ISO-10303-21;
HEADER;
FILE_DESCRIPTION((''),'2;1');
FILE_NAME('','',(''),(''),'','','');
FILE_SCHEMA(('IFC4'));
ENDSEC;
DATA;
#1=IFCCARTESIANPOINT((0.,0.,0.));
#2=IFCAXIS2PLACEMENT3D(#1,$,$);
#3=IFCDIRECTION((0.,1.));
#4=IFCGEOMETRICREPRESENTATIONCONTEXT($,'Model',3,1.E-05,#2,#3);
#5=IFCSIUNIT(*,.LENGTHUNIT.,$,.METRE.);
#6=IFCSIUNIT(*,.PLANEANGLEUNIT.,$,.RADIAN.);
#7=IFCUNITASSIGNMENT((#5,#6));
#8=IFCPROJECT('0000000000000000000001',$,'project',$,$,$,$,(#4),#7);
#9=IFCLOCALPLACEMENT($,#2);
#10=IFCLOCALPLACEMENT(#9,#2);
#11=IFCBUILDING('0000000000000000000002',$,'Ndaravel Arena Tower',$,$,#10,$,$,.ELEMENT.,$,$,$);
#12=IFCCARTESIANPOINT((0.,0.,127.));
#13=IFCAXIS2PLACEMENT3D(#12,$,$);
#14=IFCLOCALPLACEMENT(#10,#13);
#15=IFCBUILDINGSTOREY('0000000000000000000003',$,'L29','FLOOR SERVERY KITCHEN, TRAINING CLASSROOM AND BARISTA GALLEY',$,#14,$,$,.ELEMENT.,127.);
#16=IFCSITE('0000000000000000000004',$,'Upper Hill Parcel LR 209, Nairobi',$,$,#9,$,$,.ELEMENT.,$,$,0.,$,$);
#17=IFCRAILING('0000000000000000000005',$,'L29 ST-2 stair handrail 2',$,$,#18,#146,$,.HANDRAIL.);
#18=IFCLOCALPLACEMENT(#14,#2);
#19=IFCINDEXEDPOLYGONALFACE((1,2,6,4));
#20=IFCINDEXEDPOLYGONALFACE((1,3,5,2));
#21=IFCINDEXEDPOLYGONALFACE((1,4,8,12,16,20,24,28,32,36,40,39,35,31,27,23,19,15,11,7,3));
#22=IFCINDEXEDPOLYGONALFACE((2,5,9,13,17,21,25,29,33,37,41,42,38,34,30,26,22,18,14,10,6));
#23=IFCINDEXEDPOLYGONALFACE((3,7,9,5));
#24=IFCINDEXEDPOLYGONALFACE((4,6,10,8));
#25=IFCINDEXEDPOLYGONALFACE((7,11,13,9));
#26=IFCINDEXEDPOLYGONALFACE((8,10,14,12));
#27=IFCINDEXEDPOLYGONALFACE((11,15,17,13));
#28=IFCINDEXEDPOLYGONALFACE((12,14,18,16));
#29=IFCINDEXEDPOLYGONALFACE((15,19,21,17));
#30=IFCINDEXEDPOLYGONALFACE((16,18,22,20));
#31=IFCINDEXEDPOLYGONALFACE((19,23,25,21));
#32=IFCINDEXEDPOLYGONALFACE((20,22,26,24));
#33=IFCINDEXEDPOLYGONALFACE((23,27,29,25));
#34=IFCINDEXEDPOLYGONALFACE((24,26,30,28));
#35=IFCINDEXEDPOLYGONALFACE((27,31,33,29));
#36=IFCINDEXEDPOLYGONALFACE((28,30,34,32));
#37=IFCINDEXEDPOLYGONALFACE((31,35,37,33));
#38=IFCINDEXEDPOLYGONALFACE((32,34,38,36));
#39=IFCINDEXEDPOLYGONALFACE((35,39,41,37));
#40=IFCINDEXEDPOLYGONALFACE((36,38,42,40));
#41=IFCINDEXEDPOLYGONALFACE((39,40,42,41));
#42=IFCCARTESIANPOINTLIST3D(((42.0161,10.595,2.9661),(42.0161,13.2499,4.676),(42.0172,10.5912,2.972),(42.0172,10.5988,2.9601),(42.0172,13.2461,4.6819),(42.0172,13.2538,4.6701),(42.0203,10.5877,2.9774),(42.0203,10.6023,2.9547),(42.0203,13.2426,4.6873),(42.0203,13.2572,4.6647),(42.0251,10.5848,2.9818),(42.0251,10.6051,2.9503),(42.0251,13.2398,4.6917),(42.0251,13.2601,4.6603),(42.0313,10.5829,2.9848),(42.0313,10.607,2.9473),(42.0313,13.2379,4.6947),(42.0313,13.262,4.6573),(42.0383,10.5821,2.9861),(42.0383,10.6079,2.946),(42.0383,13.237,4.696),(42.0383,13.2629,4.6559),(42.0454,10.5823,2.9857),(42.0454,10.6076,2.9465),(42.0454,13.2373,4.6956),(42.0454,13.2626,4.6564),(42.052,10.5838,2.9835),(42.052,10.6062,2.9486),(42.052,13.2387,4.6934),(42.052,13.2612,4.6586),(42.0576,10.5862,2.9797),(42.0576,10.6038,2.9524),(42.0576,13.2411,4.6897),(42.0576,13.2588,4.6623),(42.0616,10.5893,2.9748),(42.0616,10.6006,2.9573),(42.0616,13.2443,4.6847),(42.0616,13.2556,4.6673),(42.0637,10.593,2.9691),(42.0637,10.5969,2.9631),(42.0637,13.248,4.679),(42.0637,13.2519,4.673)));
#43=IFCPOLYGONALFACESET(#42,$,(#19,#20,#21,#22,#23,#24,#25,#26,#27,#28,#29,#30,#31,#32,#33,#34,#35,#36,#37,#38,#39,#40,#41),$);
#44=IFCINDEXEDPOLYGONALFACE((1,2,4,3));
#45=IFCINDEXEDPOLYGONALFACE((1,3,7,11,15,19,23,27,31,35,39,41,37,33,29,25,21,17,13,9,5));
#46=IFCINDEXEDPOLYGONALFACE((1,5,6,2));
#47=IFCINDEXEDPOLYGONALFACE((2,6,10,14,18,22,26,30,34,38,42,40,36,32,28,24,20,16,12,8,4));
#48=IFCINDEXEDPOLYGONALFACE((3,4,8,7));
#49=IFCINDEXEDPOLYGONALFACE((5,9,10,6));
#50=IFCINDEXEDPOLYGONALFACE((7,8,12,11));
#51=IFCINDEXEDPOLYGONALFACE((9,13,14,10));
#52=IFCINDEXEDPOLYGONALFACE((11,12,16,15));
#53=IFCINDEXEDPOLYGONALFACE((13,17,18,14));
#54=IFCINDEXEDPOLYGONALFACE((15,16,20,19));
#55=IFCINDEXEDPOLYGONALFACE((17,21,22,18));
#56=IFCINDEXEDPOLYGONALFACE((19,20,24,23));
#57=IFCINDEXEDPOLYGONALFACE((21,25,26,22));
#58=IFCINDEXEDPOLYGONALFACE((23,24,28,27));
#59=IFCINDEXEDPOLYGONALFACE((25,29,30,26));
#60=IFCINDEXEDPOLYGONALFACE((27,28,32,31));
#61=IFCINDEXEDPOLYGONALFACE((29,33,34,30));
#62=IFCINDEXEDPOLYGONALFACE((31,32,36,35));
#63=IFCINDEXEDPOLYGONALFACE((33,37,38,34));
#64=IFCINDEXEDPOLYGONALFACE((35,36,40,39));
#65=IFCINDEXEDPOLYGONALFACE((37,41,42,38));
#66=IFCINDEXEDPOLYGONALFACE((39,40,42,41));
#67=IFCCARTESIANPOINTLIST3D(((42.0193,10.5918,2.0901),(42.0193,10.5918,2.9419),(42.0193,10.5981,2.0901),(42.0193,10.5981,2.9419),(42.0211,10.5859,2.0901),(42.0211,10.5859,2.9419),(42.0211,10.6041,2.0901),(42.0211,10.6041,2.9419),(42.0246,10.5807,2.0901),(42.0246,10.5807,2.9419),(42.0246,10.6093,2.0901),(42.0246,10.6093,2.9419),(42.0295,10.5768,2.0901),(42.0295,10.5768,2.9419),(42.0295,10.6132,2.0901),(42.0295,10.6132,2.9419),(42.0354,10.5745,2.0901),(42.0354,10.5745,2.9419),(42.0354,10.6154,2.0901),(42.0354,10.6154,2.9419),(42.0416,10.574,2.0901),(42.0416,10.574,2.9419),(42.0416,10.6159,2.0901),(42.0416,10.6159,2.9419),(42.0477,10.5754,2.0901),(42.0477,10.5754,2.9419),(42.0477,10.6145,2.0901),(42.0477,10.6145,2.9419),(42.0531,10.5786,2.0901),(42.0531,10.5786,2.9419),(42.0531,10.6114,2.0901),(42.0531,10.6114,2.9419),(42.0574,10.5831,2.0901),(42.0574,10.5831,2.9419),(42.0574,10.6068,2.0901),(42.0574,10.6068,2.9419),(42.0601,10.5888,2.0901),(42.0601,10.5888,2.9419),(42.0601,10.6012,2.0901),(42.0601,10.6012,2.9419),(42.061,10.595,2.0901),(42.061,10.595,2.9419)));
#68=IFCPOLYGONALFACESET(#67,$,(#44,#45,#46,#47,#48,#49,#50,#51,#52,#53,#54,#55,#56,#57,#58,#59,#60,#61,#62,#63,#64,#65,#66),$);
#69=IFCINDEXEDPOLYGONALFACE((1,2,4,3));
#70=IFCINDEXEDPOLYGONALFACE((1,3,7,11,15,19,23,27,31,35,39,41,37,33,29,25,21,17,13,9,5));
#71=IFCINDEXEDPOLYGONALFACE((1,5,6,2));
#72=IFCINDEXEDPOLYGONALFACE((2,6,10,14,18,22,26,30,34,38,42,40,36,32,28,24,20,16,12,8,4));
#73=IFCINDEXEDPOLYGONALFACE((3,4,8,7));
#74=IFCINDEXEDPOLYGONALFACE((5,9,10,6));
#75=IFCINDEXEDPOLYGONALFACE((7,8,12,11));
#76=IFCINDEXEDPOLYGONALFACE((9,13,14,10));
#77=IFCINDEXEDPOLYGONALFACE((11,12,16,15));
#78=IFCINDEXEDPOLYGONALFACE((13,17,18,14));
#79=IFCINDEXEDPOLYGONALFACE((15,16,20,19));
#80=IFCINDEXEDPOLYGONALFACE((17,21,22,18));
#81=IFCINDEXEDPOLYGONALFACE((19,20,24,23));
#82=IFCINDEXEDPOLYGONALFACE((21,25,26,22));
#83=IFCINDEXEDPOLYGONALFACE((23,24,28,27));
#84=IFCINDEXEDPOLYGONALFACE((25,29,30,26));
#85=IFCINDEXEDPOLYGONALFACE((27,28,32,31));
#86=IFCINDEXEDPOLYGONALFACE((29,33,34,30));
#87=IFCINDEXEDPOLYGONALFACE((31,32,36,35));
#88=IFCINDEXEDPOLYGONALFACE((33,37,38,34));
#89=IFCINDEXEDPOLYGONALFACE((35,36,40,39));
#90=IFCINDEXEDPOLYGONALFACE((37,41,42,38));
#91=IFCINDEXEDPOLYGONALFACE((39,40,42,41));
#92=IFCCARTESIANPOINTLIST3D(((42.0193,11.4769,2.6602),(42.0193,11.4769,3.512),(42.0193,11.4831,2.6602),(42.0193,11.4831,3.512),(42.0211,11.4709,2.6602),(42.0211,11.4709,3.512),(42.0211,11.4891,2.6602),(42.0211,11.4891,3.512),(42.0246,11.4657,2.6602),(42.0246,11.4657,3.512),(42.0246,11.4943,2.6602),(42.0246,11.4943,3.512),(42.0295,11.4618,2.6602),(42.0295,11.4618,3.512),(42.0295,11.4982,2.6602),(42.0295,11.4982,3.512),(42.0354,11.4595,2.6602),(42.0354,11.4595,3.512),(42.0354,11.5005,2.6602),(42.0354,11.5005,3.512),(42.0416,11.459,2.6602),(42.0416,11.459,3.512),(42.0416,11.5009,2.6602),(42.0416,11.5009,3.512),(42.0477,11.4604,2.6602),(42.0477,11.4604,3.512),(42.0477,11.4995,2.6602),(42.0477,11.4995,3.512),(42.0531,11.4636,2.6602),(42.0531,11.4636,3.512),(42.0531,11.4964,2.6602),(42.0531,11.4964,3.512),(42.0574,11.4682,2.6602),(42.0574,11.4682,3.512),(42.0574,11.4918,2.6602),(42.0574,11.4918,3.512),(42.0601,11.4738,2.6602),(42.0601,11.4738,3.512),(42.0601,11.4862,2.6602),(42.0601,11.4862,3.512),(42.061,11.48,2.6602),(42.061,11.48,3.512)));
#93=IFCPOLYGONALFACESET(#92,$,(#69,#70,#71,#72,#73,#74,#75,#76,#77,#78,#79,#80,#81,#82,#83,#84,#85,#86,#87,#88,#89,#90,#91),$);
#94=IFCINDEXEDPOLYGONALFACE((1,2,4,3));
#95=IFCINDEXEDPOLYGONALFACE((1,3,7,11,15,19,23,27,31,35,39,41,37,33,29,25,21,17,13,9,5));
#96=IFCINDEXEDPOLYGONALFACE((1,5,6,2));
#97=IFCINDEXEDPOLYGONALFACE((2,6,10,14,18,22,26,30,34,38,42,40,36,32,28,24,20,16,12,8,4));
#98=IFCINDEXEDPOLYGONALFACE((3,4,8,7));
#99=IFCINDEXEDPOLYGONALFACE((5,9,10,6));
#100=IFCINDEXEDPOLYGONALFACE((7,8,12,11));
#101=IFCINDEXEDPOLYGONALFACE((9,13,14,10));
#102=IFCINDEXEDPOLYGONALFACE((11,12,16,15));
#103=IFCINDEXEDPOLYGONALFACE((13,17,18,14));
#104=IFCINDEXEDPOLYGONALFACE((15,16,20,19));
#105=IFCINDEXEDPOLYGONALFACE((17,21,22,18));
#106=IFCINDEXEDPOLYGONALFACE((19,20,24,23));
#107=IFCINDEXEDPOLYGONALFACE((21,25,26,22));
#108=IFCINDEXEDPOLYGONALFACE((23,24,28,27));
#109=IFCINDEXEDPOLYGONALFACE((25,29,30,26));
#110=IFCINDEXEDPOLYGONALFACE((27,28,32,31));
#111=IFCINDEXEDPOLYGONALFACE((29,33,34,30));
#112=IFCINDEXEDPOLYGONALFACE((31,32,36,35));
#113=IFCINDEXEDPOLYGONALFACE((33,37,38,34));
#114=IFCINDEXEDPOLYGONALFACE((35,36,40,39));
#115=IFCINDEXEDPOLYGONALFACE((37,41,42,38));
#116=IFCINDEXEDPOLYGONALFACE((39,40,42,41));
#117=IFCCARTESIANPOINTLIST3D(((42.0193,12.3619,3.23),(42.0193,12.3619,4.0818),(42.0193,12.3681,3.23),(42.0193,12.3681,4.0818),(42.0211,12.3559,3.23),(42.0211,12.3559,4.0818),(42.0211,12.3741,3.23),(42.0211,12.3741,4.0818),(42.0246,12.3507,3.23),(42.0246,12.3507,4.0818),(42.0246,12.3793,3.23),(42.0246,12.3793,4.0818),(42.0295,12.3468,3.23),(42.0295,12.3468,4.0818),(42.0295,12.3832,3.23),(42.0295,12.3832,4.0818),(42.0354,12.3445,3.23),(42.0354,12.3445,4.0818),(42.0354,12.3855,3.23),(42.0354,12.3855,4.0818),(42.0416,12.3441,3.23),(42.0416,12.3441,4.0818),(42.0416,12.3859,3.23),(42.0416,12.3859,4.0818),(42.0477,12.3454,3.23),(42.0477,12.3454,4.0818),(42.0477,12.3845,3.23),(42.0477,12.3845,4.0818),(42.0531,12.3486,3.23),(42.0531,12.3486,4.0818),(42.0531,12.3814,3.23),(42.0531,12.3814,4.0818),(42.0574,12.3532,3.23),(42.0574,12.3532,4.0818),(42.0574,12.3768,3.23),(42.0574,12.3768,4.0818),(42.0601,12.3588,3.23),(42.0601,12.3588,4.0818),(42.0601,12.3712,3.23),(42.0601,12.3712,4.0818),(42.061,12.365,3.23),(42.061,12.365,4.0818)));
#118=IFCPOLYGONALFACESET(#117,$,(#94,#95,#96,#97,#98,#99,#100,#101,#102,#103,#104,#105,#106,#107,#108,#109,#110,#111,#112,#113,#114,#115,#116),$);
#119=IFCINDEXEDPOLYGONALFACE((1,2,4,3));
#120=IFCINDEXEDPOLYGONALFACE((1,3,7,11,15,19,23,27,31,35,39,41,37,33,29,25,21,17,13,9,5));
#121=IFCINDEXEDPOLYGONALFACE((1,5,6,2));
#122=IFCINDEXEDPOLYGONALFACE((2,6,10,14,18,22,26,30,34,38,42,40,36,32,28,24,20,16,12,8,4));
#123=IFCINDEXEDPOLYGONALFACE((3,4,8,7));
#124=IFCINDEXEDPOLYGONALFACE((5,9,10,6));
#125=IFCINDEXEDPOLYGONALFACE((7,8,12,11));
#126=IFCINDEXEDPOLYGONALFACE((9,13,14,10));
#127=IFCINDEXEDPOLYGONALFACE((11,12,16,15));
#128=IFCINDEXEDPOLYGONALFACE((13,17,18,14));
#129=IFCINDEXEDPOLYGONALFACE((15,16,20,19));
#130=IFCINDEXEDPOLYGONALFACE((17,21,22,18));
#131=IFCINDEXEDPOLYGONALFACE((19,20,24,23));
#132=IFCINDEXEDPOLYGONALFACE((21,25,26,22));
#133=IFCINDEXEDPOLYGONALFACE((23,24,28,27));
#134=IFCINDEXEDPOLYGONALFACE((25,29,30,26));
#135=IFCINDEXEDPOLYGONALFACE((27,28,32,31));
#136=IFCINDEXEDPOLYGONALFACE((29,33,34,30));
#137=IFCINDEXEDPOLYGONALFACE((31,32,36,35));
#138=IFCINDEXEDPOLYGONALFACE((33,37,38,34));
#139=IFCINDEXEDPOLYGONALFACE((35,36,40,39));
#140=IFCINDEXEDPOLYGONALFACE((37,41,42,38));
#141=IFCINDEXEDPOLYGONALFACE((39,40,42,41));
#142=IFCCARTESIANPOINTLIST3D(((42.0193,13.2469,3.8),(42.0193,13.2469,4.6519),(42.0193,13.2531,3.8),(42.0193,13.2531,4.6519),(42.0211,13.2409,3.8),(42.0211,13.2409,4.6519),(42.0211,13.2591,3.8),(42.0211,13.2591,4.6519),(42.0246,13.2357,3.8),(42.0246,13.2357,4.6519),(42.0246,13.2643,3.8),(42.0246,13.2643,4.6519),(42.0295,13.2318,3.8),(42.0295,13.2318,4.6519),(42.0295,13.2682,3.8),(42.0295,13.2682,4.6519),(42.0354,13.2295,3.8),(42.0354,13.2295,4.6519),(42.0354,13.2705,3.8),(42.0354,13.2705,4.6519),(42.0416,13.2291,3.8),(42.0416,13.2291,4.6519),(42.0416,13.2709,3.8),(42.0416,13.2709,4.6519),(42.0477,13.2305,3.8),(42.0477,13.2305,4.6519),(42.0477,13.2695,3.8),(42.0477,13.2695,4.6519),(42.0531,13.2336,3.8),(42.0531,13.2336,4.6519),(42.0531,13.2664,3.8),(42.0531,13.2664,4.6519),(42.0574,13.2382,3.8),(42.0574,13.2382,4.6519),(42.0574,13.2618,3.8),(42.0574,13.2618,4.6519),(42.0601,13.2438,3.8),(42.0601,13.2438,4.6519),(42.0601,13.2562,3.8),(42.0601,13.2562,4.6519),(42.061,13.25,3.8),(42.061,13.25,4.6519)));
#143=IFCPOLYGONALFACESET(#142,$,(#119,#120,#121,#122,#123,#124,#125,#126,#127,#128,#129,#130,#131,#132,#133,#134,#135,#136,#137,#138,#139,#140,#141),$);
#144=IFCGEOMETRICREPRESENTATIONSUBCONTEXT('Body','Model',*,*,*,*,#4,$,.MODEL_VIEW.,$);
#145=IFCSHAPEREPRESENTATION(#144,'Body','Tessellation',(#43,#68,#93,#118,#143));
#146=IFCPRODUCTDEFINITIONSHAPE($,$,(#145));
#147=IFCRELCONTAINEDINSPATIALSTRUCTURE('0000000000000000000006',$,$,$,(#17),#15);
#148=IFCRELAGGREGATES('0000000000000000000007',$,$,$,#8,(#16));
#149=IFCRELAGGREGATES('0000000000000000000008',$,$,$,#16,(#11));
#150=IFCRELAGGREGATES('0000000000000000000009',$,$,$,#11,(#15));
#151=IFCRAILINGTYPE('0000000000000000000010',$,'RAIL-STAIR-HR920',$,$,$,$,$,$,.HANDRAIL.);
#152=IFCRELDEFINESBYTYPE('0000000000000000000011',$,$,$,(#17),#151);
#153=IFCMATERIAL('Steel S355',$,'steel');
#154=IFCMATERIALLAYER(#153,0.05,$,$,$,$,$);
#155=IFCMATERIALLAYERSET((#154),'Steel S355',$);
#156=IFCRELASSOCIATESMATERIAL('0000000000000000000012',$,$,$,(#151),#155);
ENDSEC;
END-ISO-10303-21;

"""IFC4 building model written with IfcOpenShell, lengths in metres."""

from ifc_helpers import new_model, si_unit, direction, frame, origin, origin_2d, place, context, subcontext, project, spatial, circle, extrude, material, layer, layer_set, type_object, element, save


model = new_model("IFC4")

# Units and contexts
model_context = context("Model", 3, precision=1e-05, world=origin(), true_north=direction((0.0, 1.0)))
body_context = subcontext(model_context, "Body", "Model", "MODEL_VIEW")
ifc_project = project(units=[si_unit("LENGTHUNIT", "METRE"), si_unit("PLANEANGLEUNIT", "RADIAN")], contexts=[model_context])

# Site, building, storey
site_placement = place(None, origin())
site = spatial("IfcSite", under=ifc_project, at=site_placement, Name="Upper Hill Parcel LR 209, Nairobi", CompositionType="ELEMENT", RefElevation=0.0)
building_placement = place(site_placement, origin())
building = spatial("IfcBuilding", under=site, at=building_placement, Name="Ndaravel Arena Tower", CompositionType="ELEMENT")
storey_placement = place(building_placement, frame((0.0, 0.0, 127.0)))
storey = spatial("IfcBuildingStorey", under=building, at=storey_placement, Name="L29", Description="FLOOR SERVERY KITCHEN, TRAINING CLASSROOM AND BARISTA GALLEY", CompositionType="ELEMENT", Elevation=127.0)

# Railing
ifc_material_1 = material(Name="Steel S355", Category="steel")
ifc_layer_1 = layer(ifc_material_1, 0.05)
ifc_layer_set_1 = layer_set([ifc_layer_1], Name="Steel S355")
railing_type_1 = type_object("IfcRailingType", Name="RAIL-STAIR-HR920", PredefinedType="HANDRAIL", material=ifc_layer_set_1)
railing_1_placement = place(storey_placement, frame((42.04, 10.595, 2.0901)))
element("IfcRailing", 1, at=railing_1_placement, inside=storey, type_object=railing_type_1, Name="L29 ST-2 stair handrail 2", PredefinedType="HANDRAIL", context=body_context, shape_type="SweptSolid", body=[
    extrude(circle(Radius=0.0239, at=origin_2d()), frame((0.0, 0.0, 0.876), z_axis=(0.0, 0.840724, 0.541465), x_axis=(-1.0, 0.0, 0.0)), (0.0, 0.0, 1.0), 3.158),
    extrude(circle(Radius=0.021, at=origin_2d()), origin(), (0.0, 0.0, 1.0), 0.8518),
    extrude(circle(Radius=0.021, at=origin_2d()), frame((0.0, 0.885, 0.5701)), (0.0, 0.0, 1.0), 0.8518),
    extrude(circle(Radius=0.021, at=origin_2d()), frame((0.0, 1.77, 1.1399)), (0.0, 0.0, 1.0), 0.8518),
    extrude(circle(Radius=0.021, at=origin_2d()), frame((0.0, 2.655, 1.71)), (0.0, 0.0, 1.0), 0.8518),
])

save(model, "model.ifc")
